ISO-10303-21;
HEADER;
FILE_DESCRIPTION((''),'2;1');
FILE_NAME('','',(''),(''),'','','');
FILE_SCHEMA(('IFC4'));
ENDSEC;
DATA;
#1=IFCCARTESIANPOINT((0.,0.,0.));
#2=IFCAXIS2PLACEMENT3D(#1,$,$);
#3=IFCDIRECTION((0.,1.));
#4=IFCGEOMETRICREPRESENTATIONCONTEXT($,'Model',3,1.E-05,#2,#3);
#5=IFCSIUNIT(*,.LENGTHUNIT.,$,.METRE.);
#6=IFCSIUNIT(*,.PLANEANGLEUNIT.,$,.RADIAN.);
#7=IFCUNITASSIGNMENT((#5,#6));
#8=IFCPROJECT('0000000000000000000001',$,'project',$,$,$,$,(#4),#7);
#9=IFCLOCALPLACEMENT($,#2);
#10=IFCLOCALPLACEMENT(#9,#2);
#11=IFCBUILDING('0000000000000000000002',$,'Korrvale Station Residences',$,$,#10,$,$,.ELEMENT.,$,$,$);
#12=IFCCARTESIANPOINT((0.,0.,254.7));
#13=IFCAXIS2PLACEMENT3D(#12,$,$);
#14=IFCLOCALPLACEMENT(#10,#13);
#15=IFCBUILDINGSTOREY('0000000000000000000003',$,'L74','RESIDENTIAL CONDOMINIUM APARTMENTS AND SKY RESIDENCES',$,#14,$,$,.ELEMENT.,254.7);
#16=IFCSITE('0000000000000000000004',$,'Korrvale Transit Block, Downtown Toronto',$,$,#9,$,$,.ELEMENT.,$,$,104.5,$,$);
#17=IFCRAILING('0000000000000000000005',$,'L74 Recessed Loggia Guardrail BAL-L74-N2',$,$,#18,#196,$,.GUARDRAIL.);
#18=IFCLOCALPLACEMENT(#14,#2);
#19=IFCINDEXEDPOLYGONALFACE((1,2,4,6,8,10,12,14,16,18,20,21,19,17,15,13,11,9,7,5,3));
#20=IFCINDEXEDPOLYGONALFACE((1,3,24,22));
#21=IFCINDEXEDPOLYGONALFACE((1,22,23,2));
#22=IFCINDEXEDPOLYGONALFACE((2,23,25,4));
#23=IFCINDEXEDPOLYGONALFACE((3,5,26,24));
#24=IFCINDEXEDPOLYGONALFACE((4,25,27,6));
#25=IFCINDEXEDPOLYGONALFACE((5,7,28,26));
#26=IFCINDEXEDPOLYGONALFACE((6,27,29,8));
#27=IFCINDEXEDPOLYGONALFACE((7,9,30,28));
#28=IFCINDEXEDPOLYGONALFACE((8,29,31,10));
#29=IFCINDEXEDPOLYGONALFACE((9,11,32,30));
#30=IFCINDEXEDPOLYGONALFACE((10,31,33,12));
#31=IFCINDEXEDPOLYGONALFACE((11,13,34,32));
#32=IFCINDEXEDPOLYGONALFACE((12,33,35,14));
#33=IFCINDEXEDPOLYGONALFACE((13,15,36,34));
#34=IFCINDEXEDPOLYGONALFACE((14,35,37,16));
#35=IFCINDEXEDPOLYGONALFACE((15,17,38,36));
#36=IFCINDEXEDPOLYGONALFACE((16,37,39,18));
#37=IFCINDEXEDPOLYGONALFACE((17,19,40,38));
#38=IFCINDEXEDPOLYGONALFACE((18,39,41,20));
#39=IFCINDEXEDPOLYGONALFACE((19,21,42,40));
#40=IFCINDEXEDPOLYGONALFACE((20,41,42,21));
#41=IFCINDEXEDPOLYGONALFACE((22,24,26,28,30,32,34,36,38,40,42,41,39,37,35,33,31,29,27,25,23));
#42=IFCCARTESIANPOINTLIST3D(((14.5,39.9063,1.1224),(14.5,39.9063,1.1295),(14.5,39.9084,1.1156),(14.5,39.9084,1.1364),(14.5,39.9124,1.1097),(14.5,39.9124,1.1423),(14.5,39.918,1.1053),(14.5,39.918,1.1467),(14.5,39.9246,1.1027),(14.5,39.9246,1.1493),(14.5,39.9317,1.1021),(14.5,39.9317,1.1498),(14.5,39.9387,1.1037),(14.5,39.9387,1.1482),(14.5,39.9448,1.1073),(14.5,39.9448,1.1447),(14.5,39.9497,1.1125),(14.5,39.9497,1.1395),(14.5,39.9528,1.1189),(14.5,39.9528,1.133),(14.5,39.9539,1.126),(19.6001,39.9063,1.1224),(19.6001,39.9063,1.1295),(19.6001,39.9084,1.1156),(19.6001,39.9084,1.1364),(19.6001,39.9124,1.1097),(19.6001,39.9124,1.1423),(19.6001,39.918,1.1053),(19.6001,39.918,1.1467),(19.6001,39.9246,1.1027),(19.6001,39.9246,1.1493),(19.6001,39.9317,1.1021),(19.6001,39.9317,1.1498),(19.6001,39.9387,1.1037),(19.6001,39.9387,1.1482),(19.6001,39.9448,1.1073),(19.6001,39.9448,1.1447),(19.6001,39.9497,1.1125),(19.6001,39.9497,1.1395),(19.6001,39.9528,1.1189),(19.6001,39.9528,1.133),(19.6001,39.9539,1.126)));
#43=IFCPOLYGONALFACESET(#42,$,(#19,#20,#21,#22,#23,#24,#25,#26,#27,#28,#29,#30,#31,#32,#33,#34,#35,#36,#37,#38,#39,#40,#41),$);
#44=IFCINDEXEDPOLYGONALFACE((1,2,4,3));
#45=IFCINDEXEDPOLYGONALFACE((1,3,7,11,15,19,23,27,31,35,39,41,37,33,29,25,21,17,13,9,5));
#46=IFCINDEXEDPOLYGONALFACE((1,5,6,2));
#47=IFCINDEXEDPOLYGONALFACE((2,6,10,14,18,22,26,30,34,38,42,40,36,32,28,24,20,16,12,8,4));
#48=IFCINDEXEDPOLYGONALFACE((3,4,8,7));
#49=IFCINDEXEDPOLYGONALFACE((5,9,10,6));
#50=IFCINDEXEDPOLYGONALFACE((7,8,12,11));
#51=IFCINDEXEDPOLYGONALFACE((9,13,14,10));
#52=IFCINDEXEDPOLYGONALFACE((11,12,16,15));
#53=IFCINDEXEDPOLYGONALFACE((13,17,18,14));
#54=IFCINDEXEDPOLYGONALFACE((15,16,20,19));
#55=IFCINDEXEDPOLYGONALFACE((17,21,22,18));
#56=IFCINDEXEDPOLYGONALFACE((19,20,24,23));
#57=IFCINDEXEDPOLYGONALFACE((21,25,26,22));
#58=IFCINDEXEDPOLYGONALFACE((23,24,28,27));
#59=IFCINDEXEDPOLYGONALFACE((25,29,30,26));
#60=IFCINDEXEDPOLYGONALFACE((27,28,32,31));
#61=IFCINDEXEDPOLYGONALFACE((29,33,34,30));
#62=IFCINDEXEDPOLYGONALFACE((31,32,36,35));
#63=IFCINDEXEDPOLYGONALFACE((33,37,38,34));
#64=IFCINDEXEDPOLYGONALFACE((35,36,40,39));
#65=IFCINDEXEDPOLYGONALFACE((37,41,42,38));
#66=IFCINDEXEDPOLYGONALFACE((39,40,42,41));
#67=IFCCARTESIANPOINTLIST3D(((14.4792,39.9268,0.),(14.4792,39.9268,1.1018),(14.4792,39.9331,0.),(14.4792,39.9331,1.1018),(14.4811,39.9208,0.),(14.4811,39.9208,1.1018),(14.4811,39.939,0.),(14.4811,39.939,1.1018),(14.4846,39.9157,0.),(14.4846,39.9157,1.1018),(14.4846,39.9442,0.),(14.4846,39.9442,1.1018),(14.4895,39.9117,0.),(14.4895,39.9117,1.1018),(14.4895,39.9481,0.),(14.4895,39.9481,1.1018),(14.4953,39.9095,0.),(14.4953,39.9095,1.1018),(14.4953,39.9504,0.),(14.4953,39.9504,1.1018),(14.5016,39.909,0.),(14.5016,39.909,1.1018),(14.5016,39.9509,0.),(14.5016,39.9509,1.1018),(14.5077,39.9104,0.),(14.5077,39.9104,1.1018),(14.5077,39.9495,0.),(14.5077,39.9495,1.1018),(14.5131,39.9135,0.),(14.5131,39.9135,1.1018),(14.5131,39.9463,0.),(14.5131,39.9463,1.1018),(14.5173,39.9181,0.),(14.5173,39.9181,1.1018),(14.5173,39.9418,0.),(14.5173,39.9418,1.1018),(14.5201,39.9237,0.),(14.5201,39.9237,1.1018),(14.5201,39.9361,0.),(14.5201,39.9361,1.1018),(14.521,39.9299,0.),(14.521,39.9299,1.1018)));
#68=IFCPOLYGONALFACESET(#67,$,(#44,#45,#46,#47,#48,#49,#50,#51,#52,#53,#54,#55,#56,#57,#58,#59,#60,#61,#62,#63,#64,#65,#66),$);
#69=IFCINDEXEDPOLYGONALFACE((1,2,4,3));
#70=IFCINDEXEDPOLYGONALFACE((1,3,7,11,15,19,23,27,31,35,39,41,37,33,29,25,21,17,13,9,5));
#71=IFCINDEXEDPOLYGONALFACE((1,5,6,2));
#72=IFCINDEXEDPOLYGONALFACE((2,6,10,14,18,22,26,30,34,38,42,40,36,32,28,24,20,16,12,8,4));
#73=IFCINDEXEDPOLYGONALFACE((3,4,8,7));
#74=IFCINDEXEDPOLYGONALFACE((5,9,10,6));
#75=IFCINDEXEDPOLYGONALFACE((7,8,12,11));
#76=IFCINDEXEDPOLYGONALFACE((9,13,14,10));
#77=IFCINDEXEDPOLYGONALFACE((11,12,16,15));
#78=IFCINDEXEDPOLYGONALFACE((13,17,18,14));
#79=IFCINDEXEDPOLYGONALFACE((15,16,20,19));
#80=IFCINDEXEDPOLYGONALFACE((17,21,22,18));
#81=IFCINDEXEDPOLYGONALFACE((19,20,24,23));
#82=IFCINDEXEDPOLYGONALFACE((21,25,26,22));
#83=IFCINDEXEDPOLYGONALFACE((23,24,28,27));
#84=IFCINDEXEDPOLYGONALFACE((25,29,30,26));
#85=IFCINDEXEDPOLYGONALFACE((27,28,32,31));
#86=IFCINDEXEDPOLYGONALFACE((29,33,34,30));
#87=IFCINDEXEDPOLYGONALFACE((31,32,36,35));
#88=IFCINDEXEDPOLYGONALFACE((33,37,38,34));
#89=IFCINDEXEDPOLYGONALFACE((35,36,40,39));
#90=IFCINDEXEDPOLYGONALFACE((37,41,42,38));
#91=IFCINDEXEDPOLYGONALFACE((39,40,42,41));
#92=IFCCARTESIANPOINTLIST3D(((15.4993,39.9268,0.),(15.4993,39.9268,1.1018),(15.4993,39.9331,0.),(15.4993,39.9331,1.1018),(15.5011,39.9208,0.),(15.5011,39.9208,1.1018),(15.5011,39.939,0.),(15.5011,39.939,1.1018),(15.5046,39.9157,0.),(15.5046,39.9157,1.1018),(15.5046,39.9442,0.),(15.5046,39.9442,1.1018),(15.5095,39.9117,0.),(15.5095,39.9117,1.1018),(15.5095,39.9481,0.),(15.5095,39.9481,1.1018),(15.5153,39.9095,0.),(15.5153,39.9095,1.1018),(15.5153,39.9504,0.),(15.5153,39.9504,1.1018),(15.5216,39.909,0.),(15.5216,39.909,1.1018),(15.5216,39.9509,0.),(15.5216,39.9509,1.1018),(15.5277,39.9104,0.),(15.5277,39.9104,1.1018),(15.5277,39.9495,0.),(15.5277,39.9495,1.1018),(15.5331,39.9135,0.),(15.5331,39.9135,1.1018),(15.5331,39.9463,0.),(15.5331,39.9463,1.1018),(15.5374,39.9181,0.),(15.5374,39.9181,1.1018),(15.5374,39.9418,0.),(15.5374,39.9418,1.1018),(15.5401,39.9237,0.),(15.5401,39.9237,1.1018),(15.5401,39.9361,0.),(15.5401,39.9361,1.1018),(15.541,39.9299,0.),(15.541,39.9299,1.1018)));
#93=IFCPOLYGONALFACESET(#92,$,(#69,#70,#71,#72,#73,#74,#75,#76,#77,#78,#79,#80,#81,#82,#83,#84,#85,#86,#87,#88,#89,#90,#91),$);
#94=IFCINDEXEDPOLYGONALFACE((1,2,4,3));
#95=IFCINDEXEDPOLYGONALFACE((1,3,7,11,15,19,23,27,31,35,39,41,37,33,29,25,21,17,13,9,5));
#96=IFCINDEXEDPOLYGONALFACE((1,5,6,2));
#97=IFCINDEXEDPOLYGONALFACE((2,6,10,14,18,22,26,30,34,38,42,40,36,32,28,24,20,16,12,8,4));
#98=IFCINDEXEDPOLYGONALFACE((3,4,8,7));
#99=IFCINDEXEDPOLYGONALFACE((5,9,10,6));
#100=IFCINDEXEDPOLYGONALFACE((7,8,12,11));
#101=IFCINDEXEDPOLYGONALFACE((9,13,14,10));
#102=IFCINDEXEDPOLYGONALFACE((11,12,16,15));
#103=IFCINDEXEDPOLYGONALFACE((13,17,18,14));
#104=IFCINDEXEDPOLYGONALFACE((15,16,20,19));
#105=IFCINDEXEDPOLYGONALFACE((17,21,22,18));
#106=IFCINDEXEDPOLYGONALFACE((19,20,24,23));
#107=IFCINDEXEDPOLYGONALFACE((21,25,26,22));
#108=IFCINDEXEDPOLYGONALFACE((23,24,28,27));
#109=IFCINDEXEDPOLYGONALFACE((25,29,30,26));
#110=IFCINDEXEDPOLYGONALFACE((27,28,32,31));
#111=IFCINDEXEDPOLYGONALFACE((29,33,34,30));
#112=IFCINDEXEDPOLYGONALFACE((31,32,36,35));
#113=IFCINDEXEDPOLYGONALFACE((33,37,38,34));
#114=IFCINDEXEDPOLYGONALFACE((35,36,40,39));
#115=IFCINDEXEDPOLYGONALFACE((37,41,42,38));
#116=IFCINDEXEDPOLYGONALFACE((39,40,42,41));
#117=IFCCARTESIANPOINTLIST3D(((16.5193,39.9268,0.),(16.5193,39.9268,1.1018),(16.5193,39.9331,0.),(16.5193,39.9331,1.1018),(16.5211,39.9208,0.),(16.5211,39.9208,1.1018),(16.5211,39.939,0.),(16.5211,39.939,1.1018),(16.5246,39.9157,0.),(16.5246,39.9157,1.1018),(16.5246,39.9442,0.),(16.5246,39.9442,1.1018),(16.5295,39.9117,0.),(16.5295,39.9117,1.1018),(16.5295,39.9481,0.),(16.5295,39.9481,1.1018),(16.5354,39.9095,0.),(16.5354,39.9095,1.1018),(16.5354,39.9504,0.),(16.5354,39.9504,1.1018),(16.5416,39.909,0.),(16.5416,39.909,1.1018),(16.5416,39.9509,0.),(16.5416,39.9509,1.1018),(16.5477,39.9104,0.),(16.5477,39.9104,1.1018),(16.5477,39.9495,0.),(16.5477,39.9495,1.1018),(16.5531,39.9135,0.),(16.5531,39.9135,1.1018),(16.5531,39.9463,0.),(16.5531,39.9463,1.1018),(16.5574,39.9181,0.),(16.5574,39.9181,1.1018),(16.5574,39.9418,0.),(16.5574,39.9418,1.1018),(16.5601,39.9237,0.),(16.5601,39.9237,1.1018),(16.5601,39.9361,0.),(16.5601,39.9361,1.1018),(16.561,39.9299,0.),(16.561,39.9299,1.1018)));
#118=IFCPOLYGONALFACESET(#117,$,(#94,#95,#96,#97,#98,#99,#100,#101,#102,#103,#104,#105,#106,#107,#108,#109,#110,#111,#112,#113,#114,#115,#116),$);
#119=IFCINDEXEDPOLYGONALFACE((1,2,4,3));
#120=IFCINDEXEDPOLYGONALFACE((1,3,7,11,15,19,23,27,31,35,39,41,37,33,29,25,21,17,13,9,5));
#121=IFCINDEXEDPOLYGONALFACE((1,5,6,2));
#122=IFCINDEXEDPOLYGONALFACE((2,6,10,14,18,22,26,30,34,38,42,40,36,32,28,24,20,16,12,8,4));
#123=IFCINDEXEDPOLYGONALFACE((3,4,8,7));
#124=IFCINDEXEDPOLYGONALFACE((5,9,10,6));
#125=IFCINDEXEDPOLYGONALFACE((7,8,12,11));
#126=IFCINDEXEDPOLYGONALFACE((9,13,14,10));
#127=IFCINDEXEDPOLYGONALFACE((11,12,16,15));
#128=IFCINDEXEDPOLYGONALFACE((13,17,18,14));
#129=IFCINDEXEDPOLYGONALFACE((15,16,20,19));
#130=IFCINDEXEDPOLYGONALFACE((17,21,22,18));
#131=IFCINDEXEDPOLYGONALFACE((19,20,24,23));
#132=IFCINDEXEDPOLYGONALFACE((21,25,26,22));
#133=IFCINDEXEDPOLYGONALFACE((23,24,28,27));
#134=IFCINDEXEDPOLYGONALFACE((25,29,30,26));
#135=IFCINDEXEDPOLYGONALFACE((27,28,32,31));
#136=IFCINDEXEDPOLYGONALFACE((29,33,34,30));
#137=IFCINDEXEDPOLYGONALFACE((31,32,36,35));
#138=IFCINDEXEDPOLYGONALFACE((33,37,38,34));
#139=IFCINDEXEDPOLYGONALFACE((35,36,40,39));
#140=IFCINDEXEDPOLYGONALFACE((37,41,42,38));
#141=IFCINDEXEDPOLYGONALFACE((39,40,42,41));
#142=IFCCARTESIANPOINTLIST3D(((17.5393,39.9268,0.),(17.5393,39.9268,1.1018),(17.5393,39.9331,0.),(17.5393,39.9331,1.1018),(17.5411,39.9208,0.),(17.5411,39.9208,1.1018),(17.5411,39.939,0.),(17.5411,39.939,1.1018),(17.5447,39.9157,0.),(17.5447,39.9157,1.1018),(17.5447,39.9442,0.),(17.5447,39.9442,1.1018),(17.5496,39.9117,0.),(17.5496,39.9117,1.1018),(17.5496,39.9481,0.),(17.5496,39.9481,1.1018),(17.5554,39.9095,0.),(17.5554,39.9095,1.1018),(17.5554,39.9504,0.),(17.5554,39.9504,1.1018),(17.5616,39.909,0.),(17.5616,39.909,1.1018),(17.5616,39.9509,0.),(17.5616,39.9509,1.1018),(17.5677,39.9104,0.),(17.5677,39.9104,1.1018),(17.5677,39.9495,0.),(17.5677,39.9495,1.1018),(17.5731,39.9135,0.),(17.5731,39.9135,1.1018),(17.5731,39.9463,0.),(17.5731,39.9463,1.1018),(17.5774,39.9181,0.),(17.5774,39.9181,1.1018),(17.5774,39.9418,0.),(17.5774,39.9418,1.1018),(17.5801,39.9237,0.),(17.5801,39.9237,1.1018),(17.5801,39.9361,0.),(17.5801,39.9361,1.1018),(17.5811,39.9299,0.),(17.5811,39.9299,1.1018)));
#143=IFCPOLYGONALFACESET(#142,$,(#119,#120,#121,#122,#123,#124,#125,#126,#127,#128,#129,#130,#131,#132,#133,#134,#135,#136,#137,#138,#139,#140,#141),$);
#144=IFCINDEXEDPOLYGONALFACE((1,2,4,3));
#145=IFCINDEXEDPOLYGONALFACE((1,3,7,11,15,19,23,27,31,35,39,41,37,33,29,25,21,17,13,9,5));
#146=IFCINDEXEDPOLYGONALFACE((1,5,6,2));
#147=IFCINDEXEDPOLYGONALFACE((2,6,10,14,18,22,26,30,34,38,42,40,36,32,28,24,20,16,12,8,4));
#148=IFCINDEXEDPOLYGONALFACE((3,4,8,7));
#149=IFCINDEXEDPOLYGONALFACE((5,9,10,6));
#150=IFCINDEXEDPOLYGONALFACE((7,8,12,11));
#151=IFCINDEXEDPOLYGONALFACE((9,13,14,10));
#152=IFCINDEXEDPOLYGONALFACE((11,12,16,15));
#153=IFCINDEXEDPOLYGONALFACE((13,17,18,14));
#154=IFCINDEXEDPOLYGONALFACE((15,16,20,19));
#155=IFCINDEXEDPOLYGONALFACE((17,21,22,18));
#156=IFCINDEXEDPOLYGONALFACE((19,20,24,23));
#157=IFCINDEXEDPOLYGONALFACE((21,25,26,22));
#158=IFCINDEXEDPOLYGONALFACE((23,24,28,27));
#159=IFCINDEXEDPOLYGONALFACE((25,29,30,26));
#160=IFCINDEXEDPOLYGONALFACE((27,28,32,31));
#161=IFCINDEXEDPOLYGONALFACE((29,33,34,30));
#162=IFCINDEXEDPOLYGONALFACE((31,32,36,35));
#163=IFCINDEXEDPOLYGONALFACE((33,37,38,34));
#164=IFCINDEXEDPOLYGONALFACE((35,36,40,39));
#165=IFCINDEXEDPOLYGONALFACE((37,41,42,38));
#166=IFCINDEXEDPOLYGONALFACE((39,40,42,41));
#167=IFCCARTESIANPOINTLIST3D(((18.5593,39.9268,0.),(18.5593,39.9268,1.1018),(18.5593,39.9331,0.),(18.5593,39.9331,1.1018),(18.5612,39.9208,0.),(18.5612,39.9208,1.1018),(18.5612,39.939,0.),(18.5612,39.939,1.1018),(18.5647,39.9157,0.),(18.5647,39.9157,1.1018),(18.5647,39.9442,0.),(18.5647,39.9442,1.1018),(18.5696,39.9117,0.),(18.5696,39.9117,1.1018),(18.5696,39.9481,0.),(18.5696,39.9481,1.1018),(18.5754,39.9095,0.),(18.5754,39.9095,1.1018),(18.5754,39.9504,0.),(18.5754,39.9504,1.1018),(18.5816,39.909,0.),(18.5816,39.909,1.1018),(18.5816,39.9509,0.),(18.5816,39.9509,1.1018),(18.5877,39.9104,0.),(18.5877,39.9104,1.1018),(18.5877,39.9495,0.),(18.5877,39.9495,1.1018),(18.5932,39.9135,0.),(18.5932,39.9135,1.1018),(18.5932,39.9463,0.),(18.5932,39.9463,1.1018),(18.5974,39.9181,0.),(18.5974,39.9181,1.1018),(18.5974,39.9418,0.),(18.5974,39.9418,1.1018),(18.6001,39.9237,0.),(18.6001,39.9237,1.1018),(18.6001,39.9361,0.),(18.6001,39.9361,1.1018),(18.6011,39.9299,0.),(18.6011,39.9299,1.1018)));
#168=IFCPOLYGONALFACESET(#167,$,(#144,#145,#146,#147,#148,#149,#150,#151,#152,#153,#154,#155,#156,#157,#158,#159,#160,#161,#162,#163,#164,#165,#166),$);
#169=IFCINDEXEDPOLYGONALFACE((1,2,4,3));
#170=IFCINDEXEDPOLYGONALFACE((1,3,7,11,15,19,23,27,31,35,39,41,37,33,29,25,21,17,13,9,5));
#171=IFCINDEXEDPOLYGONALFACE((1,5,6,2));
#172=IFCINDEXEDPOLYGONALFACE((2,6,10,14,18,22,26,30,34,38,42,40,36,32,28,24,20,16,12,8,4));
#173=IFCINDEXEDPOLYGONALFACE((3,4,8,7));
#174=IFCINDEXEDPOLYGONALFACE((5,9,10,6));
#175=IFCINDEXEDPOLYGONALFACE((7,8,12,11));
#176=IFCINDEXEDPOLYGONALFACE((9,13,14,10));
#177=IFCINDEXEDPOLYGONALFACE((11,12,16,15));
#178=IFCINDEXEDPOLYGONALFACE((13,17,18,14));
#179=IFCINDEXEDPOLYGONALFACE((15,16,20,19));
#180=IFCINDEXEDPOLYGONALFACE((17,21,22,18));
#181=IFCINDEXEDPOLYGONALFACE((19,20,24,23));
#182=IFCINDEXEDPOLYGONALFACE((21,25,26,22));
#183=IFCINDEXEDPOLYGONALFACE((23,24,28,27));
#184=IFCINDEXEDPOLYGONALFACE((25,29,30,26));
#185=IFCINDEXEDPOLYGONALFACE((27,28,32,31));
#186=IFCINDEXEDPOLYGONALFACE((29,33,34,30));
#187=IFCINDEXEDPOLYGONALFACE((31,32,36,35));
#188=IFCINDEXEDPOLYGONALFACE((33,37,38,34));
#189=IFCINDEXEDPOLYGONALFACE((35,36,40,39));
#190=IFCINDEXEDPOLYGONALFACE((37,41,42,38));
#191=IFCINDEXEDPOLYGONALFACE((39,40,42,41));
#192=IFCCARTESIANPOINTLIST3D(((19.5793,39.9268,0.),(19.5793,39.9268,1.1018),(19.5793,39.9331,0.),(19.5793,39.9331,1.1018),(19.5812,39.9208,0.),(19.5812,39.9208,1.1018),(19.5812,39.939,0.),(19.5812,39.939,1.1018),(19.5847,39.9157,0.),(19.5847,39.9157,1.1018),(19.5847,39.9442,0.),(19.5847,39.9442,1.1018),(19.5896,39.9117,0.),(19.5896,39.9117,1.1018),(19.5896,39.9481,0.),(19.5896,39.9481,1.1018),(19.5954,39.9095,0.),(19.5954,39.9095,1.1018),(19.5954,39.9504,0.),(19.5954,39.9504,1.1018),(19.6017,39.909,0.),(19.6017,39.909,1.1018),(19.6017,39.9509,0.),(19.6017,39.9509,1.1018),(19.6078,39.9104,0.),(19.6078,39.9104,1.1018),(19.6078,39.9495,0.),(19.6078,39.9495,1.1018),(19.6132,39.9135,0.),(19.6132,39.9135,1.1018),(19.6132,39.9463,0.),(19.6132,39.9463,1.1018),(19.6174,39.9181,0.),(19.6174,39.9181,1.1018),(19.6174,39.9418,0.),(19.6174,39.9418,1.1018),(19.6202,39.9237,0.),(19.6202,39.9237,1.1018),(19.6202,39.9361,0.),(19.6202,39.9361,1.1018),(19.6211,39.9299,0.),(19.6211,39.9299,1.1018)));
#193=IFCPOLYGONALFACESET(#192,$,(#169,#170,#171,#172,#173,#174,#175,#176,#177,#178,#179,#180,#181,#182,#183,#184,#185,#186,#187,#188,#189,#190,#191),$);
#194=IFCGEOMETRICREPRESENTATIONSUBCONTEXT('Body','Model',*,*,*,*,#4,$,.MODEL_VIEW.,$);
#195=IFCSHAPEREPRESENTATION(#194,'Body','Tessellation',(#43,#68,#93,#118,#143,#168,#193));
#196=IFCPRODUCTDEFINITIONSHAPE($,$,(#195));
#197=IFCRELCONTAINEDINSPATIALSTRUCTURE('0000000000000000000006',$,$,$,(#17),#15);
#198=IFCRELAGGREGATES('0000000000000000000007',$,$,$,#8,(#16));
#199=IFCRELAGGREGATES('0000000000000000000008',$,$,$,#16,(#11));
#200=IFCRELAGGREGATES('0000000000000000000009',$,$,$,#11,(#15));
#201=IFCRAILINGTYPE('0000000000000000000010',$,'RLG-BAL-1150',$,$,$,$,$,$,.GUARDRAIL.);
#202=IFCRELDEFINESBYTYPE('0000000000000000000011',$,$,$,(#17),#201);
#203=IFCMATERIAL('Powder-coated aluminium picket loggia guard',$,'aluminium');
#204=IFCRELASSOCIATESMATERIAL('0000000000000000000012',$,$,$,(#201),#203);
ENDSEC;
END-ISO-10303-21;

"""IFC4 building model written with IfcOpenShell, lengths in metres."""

from ifc_helpers import new_model, si_unit, direction, frame, origin, origin_2d, place, context, subcontext, project, spatial, circle, extrude, material, type_object, element, save


model = new_model("IFC4")

# Units and contexts
model_context = context("Model", 3, precision=1e-05, world=origin(), true_north=direction((0.0, 1.0)))
body_context = subcontext(model_context, "Body", "Model", "MODEL_VIEW")
ifc_project = project(units=[si_unit("LENGTHUNIT", "METRE"), si_unit("PLANEANGLEUNIT", "RADIAN")], contexts=[model_context])

# Site, building, storey
site_placement = place(None, origin())
site = spatial("IfcSite", under=ifc_project, at=site_placement, Name="Korrvale Transit Block, Downtown Toronto", CompositionType="ELEMENT", RefElevation=104.5)
building_placement = place(site_placement, origin())
building = spatial("IfcBuilding", under=site, at=building_placement, Name="Korrvale Station Residences", CompositionType="ELEMENT")
storey_placement = place(building_placement, frame((0.0, 0.0, 254.7)))
storey = spatial("IfcBuildingStorey", under=building, at=storey_placement, Name="L74", Description="RESIDENTIAL CONDOMINIUM APARTMENTS AND SKY RESIDENCES", CompositionType="ELEMENT", Elevation=254.7)

# Railing
ifc_material_1 = material(Name="Powder-coated aluminium picket loggia guard", Category="aluminium")
railing_type = type_object("IfcRailingType", Name="RLG-BAL-1150", PredefinedType="GUARDRAIL", material=ifc_material_1)
railing_placement = place(storey_placement, frame((14.5, 39.9299, 0.0)))
element("IfcRailing", 1, at=railing_placement, inside=storey, type_object=railing_type, Name="L74 Recessed Loggia Guardrail BAL-L74-N2", PredefinedType="GUARDRAIL", context=body_context, shape_type="SweptSolid", body=[
    extrude(circle(Radius=0.0239, at=origin_2d()), frame((0.0, 0.0, 1.126), z_axis=(1.0, 0.0, 0.0), x_axis=(0.0, 1.0, 0.0)), (0.0, 0.0, 1.0), 5.1001),
    extrude(circle(Radius=0.021, at=origin_2d()), origin(), (0.0, 0.0, 1.0), 1.1018),
    extrude(circle(Radius=0.021, at=origin_2d()), frame((1.02, 0.0, 0.0)), (0.0, 0.0, 1.0), 1.1018),
    extrude(circle(Radius=0.021, at=origin_2d()), frame((2.04, 0.0, 0.0)), (0.0, 0.0, 1.0), 1.1018),
    extrude(circle(Radius=0.021, at=origin_2d()), frame((3.0601, 0.0, 0.0)), (0.0, 0.0, 1.0), 1.1018),
    extrude(circle(Radius=0.021, at=origin_2d()), frame((4.0801, 0.0, 0.0)), (0.0, 0.0, 1.0), 1.1018),
    extrude(circle(Radius=0.021, at=origin_2d()), frame((5.1001, 0.0, 0.0)), (0.0, 0.0, 1.0), 1.1018),
])

save(model, "model.ifc")
